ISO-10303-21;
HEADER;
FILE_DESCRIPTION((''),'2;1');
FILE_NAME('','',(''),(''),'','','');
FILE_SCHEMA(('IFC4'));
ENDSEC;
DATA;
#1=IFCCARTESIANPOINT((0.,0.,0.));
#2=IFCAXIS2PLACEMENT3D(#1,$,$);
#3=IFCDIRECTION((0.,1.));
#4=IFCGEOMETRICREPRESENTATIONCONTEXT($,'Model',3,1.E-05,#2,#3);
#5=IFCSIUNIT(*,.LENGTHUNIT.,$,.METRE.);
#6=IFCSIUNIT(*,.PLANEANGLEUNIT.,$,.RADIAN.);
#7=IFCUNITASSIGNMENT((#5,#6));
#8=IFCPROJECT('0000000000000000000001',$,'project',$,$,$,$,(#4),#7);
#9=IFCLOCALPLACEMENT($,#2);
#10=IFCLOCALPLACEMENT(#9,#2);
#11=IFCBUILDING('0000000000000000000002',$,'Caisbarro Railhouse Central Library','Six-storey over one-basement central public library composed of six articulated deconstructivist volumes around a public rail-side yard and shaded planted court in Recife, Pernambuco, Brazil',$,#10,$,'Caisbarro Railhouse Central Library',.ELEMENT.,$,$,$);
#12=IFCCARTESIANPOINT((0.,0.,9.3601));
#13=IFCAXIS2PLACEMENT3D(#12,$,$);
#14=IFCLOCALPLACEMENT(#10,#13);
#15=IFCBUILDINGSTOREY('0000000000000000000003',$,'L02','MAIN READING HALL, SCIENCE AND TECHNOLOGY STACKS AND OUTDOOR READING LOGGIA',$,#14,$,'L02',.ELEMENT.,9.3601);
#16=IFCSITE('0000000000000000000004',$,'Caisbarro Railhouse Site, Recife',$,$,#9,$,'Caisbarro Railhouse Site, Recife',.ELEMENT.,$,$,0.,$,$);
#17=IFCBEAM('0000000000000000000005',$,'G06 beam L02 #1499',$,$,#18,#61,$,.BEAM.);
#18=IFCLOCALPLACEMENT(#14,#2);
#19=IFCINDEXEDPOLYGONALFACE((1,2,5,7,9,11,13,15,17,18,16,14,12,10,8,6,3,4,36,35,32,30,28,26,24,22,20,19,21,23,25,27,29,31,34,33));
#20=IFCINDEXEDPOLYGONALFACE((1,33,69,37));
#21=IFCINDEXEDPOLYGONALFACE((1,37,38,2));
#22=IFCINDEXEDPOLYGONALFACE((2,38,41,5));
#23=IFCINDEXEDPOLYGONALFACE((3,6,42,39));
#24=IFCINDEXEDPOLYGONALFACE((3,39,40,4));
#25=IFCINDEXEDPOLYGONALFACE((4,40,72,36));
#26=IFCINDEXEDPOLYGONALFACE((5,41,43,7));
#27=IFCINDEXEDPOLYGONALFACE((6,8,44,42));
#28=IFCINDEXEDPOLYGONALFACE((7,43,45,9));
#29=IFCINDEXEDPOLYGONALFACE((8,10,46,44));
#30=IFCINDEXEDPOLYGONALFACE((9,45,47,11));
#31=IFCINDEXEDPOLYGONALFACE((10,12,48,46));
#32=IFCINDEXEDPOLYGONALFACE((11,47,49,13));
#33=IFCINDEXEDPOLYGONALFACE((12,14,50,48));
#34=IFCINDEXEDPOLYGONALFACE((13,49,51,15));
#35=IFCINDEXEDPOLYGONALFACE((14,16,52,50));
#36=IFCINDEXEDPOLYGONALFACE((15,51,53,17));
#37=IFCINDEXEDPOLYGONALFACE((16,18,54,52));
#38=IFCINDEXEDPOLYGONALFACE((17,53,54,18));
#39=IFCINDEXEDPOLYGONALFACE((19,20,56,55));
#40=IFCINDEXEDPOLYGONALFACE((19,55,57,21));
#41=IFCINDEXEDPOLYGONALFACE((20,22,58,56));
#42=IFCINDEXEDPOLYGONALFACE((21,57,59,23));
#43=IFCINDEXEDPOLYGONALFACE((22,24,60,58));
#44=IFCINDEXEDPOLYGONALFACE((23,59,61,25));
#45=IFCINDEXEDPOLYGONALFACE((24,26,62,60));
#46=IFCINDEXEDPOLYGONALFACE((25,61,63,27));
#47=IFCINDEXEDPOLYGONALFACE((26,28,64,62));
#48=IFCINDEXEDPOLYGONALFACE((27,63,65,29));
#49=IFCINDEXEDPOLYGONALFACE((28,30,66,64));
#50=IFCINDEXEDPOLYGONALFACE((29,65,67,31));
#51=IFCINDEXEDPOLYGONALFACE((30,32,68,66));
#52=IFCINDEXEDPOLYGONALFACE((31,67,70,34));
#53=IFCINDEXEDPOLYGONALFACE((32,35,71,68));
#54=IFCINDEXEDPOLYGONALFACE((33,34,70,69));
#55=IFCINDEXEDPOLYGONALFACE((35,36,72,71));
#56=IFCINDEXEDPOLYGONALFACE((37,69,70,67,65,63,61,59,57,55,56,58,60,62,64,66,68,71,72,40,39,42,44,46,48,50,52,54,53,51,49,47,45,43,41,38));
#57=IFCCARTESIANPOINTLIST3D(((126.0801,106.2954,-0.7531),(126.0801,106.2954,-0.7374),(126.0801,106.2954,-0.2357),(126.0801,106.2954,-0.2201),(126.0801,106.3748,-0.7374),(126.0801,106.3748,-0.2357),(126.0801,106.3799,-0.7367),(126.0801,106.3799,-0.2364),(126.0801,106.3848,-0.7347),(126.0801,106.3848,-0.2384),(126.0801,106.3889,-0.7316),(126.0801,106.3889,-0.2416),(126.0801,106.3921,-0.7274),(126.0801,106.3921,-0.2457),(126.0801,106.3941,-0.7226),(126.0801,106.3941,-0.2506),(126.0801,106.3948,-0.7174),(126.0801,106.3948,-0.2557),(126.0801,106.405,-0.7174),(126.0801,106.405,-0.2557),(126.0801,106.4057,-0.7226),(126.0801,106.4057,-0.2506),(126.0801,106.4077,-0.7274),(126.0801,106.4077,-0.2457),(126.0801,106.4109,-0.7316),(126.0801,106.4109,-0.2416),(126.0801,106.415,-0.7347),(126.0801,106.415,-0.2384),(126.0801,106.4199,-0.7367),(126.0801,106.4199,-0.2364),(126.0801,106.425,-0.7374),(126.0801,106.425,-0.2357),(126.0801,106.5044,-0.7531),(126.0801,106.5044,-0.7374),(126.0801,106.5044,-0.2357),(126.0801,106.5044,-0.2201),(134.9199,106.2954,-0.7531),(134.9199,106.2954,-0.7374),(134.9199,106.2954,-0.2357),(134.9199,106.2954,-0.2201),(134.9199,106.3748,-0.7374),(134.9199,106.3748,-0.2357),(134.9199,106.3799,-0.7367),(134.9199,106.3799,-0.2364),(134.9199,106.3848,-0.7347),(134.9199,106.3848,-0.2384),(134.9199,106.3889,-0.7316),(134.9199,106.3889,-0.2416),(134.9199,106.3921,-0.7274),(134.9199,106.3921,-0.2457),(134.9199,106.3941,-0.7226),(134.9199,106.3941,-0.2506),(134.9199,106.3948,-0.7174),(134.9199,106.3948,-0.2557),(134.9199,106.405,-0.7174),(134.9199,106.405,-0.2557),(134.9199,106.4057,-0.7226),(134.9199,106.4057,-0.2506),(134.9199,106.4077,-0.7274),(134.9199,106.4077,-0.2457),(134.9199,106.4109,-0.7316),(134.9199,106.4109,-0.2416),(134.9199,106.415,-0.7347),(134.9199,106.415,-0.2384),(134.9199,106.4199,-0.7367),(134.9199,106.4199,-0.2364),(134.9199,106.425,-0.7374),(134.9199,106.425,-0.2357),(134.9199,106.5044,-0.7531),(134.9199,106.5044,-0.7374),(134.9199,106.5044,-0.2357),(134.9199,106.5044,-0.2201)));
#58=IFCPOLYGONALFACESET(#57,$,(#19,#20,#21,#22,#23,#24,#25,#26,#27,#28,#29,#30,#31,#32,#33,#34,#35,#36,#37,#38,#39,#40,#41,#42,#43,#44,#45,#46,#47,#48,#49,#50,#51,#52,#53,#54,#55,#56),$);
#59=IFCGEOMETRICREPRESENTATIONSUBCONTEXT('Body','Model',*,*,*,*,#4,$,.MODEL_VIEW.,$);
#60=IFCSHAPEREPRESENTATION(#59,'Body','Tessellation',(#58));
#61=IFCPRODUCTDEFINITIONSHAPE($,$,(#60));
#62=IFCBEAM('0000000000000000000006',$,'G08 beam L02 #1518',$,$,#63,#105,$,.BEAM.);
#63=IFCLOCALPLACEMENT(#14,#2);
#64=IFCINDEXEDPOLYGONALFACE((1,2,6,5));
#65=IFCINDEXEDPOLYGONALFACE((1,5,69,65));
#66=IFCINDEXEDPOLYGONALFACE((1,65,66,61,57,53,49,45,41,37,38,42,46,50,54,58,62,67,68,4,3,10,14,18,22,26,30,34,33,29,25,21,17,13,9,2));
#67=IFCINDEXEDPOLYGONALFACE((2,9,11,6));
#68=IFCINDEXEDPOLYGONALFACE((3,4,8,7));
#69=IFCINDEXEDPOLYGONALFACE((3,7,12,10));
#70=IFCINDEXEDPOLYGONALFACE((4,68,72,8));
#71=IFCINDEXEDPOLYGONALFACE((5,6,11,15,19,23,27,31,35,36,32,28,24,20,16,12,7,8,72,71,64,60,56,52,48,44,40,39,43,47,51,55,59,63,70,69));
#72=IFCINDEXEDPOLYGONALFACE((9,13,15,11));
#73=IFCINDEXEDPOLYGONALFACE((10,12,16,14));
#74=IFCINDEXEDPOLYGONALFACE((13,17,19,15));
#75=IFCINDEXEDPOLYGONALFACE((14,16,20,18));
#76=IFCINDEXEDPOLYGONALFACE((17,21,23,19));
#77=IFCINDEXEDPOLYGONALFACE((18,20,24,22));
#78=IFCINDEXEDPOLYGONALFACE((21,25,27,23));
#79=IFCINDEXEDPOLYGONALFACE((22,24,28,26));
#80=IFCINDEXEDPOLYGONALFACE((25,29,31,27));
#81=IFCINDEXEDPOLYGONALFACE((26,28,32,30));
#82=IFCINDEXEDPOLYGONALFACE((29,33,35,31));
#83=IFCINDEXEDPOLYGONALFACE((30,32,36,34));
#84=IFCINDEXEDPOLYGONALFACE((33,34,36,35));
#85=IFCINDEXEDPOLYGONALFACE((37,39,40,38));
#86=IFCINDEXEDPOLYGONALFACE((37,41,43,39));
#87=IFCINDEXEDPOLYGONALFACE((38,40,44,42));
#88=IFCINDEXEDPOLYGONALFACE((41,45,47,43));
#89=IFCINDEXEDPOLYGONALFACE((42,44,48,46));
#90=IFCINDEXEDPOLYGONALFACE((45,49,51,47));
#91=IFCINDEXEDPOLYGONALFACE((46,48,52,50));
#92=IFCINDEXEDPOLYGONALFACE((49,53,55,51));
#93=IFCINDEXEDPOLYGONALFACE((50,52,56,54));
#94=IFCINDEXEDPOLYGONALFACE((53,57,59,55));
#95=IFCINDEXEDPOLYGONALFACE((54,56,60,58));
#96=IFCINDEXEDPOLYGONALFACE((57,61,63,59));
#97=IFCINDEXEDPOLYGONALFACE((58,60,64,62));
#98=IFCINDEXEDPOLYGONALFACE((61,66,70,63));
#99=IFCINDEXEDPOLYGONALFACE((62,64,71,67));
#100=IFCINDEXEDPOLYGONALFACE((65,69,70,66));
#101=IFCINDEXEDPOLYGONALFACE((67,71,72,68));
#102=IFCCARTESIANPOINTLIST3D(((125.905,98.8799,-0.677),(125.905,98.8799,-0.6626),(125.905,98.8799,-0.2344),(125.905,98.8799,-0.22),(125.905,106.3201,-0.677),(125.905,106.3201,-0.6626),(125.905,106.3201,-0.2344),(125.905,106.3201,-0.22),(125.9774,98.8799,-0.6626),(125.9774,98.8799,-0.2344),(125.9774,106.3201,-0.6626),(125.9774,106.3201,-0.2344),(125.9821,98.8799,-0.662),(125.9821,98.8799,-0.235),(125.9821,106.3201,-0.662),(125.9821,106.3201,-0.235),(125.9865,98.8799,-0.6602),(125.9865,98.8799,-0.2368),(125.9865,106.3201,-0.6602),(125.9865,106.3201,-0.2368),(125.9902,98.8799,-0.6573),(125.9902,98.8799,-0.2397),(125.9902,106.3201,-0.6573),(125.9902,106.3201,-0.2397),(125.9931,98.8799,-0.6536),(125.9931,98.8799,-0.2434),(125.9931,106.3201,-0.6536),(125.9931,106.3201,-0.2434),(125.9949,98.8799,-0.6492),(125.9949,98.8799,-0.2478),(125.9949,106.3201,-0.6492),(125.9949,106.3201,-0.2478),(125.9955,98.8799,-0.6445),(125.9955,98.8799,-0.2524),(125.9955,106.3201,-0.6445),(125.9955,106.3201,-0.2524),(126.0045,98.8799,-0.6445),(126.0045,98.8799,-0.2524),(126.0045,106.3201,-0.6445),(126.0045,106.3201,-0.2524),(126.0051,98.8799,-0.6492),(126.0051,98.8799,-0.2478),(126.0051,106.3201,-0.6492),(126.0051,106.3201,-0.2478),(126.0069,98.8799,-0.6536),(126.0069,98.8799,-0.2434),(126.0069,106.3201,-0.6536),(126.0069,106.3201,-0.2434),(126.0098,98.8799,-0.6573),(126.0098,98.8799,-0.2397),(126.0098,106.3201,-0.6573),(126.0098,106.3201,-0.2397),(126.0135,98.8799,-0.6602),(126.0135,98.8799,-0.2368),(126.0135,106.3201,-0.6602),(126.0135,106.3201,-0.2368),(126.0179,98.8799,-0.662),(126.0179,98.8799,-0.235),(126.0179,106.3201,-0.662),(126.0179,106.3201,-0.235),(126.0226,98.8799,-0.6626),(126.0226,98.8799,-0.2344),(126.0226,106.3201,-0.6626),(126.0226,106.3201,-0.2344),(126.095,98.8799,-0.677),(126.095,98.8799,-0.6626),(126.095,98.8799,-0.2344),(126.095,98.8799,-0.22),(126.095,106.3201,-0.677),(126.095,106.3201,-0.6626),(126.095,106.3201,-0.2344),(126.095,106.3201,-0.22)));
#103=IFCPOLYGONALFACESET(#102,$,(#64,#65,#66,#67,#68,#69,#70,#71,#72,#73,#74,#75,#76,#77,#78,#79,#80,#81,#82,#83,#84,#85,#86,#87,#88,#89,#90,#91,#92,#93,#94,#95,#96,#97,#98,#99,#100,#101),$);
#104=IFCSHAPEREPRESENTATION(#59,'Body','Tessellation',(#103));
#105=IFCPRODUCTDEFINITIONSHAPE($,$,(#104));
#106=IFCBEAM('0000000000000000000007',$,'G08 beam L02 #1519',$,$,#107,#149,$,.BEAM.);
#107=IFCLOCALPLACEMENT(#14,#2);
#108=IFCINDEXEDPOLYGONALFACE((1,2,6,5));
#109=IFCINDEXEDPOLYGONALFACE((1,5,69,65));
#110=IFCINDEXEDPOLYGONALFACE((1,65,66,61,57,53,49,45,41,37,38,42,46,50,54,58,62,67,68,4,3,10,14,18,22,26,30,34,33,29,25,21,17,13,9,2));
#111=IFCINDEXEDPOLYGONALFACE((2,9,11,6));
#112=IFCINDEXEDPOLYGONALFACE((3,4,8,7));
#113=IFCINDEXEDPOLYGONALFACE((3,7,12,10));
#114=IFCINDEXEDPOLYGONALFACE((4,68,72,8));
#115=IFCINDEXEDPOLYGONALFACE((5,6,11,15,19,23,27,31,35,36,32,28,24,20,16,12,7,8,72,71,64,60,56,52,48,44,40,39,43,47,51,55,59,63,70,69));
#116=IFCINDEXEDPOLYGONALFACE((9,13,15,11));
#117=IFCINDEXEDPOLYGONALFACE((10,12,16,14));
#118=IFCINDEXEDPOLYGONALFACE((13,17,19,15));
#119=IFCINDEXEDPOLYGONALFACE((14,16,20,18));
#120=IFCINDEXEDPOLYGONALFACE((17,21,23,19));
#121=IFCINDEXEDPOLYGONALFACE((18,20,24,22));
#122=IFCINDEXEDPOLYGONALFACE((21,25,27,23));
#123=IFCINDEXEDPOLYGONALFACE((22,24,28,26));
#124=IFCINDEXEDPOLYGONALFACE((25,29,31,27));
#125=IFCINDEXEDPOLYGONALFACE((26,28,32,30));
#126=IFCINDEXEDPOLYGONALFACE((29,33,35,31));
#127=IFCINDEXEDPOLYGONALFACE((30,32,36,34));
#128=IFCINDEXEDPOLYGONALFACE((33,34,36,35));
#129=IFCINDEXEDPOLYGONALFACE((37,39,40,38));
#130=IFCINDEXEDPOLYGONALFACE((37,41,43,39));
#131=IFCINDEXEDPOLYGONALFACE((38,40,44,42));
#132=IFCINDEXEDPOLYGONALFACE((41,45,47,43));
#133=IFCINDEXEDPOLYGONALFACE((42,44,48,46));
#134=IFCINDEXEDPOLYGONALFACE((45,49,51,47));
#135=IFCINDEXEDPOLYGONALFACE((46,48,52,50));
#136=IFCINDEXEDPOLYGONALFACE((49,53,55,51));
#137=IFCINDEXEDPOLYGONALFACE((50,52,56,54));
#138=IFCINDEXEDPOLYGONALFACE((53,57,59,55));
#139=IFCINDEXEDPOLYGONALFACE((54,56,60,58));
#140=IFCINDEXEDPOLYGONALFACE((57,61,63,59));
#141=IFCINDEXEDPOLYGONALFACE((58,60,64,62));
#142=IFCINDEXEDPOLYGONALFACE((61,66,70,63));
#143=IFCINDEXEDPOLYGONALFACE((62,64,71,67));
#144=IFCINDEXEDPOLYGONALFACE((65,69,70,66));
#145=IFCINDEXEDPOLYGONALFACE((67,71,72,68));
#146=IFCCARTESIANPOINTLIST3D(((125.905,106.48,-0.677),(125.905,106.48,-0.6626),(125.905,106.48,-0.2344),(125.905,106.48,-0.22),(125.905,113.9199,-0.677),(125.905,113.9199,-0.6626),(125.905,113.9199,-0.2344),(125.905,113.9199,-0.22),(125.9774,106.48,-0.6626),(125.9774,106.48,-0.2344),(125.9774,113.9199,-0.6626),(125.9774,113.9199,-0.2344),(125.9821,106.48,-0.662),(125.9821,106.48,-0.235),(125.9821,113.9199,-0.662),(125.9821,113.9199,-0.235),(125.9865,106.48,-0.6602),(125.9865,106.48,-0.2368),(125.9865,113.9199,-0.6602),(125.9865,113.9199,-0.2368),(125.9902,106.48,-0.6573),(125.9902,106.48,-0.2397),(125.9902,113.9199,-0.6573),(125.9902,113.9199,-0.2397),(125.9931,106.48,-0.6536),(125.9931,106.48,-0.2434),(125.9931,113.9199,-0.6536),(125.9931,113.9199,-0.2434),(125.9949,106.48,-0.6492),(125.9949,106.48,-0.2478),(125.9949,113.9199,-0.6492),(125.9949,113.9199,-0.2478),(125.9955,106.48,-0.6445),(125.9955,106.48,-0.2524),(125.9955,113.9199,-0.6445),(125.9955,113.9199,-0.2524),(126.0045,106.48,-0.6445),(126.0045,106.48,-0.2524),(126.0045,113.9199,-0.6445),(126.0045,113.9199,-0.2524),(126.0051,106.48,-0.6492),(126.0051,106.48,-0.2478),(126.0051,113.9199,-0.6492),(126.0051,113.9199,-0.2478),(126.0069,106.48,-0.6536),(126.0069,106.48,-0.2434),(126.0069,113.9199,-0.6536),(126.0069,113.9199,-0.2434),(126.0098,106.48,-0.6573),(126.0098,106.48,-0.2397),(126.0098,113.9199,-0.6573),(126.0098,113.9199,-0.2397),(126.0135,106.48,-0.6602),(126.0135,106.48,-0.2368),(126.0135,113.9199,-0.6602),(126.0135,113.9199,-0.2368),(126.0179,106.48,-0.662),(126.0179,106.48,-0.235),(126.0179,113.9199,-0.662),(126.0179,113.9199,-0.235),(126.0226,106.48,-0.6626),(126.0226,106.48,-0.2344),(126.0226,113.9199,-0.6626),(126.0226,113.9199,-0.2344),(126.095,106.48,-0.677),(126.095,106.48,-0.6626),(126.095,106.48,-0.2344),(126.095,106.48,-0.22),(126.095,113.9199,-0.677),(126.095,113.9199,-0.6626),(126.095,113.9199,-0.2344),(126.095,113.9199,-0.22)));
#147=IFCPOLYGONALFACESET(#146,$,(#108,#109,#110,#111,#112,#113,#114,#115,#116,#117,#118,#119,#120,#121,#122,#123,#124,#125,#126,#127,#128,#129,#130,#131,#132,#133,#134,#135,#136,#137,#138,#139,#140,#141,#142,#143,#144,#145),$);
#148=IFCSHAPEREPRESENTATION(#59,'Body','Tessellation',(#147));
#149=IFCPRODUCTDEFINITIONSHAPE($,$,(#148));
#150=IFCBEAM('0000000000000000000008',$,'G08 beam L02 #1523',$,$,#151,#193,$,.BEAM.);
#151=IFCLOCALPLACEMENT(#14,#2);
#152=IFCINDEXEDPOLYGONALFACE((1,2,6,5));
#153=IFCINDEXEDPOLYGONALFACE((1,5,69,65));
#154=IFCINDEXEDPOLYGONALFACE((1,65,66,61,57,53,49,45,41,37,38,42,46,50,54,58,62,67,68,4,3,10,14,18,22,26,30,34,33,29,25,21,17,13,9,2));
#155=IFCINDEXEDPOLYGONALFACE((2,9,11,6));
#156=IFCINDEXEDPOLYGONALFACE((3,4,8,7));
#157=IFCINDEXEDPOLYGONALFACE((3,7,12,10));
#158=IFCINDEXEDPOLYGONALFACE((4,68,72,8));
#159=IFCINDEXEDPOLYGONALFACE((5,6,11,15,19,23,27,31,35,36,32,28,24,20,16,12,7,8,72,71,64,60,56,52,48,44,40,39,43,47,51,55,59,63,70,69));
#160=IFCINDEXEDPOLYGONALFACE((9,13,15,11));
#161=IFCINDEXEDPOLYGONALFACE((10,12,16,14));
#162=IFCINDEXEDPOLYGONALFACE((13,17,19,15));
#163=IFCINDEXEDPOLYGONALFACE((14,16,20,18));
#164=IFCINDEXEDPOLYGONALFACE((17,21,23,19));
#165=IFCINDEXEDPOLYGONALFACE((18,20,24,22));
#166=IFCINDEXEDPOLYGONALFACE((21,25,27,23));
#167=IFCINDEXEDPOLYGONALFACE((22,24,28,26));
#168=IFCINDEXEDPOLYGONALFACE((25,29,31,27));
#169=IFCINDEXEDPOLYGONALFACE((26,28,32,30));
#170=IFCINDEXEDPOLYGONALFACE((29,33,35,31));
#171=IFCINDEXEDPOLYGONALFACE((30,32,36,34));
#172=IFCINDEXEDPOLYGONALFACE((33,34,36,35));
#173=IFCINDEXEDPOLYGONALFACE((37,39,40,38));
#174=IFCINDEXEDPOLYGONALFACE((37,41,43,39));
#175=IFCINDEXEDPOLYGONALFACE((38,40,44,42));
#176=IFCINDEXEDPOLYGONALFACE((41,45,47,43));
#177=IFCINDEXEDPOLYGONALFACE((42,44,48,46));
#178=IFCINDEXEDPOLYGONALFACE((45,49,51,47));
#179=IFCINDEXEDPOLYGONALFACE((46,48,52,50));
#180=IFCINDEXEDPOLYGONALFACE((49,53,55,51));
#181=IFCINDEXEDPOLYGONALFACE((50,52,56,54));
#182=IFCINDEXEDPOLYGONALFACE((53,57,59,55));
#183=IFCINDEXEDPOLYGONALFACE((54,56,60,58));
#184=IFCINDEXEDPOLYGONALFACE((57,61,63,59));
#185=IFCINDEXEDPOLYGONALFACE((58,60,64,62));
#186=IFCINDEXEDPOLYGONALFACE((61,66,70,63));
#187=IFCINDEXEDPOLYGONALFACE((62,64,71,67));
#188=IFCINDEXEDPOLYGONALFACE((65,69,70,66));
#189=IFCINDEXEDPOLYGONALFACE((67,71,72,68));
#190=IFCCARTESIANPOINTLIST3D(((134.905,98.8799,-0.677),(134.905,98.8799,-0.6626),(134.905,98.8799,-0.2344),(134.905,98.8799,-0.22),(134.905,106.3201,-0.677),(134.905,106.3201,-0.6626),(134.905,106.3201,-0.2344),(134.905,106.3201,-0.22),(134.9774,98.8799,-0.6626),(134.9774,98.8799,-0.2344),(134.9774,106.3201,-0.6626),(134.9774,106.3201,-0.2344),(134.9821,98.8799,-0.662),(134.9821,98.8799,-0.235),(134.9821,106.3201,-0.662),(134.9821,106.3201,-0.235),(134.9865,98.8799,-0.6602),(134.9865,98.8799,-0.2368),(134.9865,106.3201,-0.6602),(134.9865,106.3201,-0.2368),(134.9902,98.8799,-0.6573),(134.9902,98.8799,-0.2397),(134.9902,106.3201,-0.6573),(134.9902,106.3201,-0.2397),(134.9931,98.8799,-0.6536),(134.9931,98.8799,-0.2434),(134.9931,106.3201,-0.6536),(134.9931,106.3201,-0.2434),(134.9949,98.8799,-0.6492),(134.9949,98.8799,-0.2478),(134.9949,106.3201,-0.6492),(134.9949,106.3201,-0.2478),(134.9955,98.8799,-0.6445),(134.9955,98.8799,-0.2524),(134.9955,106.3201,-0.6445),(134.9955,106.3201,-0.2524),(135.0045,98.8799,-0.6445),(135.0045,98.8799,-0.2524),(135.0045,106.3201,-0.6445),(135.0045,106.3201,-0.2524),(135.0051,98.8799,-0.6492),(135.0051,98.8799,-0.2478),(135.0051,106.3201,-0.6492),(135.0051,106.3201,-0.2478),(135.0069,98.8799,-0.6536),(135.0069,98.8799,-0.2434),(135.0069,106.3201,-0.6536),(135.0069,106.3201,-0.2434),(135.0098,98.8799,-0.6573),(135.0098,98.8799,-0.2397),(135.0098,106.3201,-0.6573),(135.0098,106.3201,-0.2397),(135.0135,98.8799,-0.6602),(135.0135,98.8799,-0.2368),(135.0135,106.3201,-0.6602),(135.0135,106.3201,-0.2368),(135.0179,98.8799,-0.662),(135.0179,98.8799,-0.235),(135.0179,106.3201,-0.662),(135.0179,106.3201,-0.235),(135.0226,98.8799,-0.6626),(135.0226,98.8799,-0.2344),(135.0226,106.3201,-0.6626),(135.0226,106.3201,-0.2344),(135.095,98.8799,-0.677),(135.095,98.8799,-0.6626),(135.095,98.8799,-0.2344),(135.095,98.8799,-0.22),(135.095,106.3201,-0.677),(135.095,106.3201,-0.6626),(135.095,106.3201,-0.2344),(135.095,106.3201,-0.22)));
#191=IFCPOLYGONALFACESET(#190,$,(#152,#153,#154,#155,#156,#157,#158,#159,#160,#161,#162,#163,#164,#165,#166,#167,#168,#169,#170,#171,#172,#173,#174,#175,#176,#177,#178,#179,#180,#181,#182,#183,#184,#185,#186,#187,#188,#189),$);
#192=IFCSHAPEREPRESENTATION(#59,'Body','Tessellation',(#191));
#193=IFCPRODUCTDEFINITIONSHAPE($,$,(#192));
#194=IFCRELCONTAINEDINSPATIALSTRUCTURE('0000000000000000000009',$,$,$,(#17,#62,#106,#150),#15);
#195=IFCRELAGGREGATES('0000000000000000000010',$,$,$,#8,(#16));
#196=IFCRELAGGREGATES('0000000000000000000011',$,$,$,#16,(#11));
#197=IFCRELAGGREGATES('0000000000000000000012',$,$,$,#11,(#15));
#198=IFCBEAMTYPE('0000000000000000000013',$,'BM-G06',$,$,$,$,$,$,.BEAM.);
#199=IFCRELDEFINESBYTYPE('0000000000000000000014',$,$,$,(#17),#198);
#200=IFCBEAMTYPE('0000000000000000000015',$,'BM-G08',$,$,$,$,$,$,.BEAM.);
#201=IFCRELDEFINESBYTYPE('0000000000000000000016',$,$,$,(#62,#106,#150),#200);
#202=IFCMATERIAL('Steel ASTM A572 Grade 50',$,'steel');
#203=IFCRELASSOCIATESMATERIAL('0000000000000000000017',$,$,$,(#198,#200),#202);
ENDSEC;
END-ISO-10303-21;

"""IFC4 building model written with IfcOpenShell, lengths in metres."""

from ifc_helpers import new_model, si_unit, direction, frame, origin, origin_2d, place, context, subcontext, project, spatial, i_section, extrude, material, material_profile, profile_set, type_object, element, save


model = new_model("IFC4")

# Units and contexts
model_context = context("Model", 3, precision=1e-05, world=origin(), true_north=direction((0.0, 1.0)))
body_context = subcontext(model_context, "Body", "Model", "MODEL_VIEW")
ifc_project = project(units=[si_unit("LENGTHUNIT", "METRE"), si_unit("PLANEANGLEUNIT", "RADIAN")], contexts=[model_context])

# Site, building, storey
site_placement = place(None, origin())
site = spatial("IfcSite", under=ifc_project, at=site_placement, Name="Caisbarro Railhouse Site, Recife", LongName="Caisbarro Railhouse Site, Recife", CompositionType="ELEMENT", RefElevation=0.0)
building_placement = place(site_placement, origin())
building = spatial("IfcBuilding", under=site, at=building_placement, Name="Caisbarro Railhouse Central Library", Description="Six-storey over one-basement central public library composed of six articulated deconstructivist volumes around a public rail-side yard and shaded planted court in Recife, Pernambuco, Brazil", LongName="Caisbarro Railhouse Central Library", CompositionType="ELEMENT")
storey_placement = place(building_placement, frame((0.0, 0.0, 9.3601)))
storey = spatial("IfcBuildingStorey", under=building, at=storey_placement, Name="L02", Description="MAIN READING HALL, SCIENCE AND TECHNOLOGY STACKS AND OUTDOOR READING LOGGIA", LongName="L02", CompositionType="ELEMENT", Elevation=9.3601)

# Shared definitions
ifc_material_1 = material(Name="Steel ASTM A572 Grade 50", Category="steel")

# Beams
ifc_material_profile_1 = material_profile(ifc_material_1, i_section(OverallWidth=0.209, OverallDepth=0.533, WebThickness=0.0103, FlangeThickness=0.0156, FilletRadius=0.02, at=origin_2d()), Name="W530X92.0")
ifc_profile_set_1 = profile_set([ifc_material_profile_1], Name="Steel ASTM A572 Grade 50")
beam_type_1 = type_object("IfcBeamType", Name="BM-G06", PredefinedType="BEAM", material=ifc_profile_set_1)
beam_1_placement = place(storey_placement, frame((126.0801, 106.3999, -0.4866), z_axis=(1.0, 0.0, 0.0), x_axis=(0.0, 1.0, 0.0)))
element("IfcBeam", 1, at=beam_1_placement, inside=storey, type_object=beam_type_1, Name="G06 beam L02 #1499", PredefinedType="BEAM", context=body_context, shape_type="SweptSolid", body=[
    extrude(i_section(OverallWidth=0.209, OverallDepth=0.533, WebThickness=0.0103, FlangeThickness=0.0156, FilletRadius=0.02, at=origin_2d()), origin(), (0.0, 0.0, 1.0), 8.8398),
])
ifc_material_profile_2 = material_profile(ifc_material_1, i_section(OverallWidth=0.1899, OverallDepth=0.457, WebThickness=0.009, FlangeThickness=0.0144, FilletRadius=0.0181, at=origin_2d()), Name="W460X74.0")
ifc_profile_set_2 = profile_set([ifc_material_profile_2], Name="Steel ASTM A572 Grade 50")
beam_type_2 = type_object("IfcBeamType", Name="BM-G08", PredefinedType="BEAM", material=ifc_profile_set_2)
beam_2_placement = place(storey_placement, frame((126.0, 98.8799, -0.4485), z_axis=(0.0, 1.0, 0.0), x_axis=(-1.0, 0.0, 0.0)))
element("IfcBeam", 2, at=beam_2_placement, inside=storey, type_object=beam_type_2, Name="G08 beam L02 #1518", PredefinedType="BEAM", context=body_context, shape_type="SweptSolid", body=[
    extrude(i_section(OverallWidth=0.1899, OverallDepth=0.457, WebThickness=0.009, FlangeThickness=0.0144, FilletRadius=0.0181, at=origin_2d()), origin(), (0.0, 0.0, 1.0), 7.4402),
])
beam_3_placement = place(storey_placement, frame((126.0, 106.48, -0.4485), z_axis=(0.0, 1.0, 0.0), x_axis=(-1.0, 0.0, 0.0)))
element("IfcBeam", 3, at=beam_3_placement, inside=storey, type_object=beam_type_2, Name="G08 beam L02 #1519", PredefinedType="BEAM", context=body_context, shape_type="SweptSolid", body=[
    extrude(i_section(OverallWidth=0.1899, OverallDepth=0.457, WebThickness=0.009, FlangeThickness=0.0144, FilletRadius=0.0181, at=origin_2d()), origin(), (0.0, 0.0, 1.0), 7.4399),
])
beam_4_placement = place(storey_placement, frame((135.0, 98.8799, -0.4485), z_axis=(0.0, 1.0, 0.0), x_axis=(-1.0, 0.0, 0.0)))
element("IfcBeam", 4, at=beam_4_placement, inside=storey, type_object=beam_type_2, Name="G08 beam L02 #1523", PredefinedType="BEAM", context=body_context, shape_type="SweptSolid", body=[
    extrude(i_section(OverallWidth=0.1899, OverallDepth=0.457, WebThickness=0.009, FlangeThickness=0.0144, FilletRadius=0.0181, at=origin_2d()), origin(), (0.0, 0.0, 1.0), 7.4402),
])

save(model, "model.ifc")
